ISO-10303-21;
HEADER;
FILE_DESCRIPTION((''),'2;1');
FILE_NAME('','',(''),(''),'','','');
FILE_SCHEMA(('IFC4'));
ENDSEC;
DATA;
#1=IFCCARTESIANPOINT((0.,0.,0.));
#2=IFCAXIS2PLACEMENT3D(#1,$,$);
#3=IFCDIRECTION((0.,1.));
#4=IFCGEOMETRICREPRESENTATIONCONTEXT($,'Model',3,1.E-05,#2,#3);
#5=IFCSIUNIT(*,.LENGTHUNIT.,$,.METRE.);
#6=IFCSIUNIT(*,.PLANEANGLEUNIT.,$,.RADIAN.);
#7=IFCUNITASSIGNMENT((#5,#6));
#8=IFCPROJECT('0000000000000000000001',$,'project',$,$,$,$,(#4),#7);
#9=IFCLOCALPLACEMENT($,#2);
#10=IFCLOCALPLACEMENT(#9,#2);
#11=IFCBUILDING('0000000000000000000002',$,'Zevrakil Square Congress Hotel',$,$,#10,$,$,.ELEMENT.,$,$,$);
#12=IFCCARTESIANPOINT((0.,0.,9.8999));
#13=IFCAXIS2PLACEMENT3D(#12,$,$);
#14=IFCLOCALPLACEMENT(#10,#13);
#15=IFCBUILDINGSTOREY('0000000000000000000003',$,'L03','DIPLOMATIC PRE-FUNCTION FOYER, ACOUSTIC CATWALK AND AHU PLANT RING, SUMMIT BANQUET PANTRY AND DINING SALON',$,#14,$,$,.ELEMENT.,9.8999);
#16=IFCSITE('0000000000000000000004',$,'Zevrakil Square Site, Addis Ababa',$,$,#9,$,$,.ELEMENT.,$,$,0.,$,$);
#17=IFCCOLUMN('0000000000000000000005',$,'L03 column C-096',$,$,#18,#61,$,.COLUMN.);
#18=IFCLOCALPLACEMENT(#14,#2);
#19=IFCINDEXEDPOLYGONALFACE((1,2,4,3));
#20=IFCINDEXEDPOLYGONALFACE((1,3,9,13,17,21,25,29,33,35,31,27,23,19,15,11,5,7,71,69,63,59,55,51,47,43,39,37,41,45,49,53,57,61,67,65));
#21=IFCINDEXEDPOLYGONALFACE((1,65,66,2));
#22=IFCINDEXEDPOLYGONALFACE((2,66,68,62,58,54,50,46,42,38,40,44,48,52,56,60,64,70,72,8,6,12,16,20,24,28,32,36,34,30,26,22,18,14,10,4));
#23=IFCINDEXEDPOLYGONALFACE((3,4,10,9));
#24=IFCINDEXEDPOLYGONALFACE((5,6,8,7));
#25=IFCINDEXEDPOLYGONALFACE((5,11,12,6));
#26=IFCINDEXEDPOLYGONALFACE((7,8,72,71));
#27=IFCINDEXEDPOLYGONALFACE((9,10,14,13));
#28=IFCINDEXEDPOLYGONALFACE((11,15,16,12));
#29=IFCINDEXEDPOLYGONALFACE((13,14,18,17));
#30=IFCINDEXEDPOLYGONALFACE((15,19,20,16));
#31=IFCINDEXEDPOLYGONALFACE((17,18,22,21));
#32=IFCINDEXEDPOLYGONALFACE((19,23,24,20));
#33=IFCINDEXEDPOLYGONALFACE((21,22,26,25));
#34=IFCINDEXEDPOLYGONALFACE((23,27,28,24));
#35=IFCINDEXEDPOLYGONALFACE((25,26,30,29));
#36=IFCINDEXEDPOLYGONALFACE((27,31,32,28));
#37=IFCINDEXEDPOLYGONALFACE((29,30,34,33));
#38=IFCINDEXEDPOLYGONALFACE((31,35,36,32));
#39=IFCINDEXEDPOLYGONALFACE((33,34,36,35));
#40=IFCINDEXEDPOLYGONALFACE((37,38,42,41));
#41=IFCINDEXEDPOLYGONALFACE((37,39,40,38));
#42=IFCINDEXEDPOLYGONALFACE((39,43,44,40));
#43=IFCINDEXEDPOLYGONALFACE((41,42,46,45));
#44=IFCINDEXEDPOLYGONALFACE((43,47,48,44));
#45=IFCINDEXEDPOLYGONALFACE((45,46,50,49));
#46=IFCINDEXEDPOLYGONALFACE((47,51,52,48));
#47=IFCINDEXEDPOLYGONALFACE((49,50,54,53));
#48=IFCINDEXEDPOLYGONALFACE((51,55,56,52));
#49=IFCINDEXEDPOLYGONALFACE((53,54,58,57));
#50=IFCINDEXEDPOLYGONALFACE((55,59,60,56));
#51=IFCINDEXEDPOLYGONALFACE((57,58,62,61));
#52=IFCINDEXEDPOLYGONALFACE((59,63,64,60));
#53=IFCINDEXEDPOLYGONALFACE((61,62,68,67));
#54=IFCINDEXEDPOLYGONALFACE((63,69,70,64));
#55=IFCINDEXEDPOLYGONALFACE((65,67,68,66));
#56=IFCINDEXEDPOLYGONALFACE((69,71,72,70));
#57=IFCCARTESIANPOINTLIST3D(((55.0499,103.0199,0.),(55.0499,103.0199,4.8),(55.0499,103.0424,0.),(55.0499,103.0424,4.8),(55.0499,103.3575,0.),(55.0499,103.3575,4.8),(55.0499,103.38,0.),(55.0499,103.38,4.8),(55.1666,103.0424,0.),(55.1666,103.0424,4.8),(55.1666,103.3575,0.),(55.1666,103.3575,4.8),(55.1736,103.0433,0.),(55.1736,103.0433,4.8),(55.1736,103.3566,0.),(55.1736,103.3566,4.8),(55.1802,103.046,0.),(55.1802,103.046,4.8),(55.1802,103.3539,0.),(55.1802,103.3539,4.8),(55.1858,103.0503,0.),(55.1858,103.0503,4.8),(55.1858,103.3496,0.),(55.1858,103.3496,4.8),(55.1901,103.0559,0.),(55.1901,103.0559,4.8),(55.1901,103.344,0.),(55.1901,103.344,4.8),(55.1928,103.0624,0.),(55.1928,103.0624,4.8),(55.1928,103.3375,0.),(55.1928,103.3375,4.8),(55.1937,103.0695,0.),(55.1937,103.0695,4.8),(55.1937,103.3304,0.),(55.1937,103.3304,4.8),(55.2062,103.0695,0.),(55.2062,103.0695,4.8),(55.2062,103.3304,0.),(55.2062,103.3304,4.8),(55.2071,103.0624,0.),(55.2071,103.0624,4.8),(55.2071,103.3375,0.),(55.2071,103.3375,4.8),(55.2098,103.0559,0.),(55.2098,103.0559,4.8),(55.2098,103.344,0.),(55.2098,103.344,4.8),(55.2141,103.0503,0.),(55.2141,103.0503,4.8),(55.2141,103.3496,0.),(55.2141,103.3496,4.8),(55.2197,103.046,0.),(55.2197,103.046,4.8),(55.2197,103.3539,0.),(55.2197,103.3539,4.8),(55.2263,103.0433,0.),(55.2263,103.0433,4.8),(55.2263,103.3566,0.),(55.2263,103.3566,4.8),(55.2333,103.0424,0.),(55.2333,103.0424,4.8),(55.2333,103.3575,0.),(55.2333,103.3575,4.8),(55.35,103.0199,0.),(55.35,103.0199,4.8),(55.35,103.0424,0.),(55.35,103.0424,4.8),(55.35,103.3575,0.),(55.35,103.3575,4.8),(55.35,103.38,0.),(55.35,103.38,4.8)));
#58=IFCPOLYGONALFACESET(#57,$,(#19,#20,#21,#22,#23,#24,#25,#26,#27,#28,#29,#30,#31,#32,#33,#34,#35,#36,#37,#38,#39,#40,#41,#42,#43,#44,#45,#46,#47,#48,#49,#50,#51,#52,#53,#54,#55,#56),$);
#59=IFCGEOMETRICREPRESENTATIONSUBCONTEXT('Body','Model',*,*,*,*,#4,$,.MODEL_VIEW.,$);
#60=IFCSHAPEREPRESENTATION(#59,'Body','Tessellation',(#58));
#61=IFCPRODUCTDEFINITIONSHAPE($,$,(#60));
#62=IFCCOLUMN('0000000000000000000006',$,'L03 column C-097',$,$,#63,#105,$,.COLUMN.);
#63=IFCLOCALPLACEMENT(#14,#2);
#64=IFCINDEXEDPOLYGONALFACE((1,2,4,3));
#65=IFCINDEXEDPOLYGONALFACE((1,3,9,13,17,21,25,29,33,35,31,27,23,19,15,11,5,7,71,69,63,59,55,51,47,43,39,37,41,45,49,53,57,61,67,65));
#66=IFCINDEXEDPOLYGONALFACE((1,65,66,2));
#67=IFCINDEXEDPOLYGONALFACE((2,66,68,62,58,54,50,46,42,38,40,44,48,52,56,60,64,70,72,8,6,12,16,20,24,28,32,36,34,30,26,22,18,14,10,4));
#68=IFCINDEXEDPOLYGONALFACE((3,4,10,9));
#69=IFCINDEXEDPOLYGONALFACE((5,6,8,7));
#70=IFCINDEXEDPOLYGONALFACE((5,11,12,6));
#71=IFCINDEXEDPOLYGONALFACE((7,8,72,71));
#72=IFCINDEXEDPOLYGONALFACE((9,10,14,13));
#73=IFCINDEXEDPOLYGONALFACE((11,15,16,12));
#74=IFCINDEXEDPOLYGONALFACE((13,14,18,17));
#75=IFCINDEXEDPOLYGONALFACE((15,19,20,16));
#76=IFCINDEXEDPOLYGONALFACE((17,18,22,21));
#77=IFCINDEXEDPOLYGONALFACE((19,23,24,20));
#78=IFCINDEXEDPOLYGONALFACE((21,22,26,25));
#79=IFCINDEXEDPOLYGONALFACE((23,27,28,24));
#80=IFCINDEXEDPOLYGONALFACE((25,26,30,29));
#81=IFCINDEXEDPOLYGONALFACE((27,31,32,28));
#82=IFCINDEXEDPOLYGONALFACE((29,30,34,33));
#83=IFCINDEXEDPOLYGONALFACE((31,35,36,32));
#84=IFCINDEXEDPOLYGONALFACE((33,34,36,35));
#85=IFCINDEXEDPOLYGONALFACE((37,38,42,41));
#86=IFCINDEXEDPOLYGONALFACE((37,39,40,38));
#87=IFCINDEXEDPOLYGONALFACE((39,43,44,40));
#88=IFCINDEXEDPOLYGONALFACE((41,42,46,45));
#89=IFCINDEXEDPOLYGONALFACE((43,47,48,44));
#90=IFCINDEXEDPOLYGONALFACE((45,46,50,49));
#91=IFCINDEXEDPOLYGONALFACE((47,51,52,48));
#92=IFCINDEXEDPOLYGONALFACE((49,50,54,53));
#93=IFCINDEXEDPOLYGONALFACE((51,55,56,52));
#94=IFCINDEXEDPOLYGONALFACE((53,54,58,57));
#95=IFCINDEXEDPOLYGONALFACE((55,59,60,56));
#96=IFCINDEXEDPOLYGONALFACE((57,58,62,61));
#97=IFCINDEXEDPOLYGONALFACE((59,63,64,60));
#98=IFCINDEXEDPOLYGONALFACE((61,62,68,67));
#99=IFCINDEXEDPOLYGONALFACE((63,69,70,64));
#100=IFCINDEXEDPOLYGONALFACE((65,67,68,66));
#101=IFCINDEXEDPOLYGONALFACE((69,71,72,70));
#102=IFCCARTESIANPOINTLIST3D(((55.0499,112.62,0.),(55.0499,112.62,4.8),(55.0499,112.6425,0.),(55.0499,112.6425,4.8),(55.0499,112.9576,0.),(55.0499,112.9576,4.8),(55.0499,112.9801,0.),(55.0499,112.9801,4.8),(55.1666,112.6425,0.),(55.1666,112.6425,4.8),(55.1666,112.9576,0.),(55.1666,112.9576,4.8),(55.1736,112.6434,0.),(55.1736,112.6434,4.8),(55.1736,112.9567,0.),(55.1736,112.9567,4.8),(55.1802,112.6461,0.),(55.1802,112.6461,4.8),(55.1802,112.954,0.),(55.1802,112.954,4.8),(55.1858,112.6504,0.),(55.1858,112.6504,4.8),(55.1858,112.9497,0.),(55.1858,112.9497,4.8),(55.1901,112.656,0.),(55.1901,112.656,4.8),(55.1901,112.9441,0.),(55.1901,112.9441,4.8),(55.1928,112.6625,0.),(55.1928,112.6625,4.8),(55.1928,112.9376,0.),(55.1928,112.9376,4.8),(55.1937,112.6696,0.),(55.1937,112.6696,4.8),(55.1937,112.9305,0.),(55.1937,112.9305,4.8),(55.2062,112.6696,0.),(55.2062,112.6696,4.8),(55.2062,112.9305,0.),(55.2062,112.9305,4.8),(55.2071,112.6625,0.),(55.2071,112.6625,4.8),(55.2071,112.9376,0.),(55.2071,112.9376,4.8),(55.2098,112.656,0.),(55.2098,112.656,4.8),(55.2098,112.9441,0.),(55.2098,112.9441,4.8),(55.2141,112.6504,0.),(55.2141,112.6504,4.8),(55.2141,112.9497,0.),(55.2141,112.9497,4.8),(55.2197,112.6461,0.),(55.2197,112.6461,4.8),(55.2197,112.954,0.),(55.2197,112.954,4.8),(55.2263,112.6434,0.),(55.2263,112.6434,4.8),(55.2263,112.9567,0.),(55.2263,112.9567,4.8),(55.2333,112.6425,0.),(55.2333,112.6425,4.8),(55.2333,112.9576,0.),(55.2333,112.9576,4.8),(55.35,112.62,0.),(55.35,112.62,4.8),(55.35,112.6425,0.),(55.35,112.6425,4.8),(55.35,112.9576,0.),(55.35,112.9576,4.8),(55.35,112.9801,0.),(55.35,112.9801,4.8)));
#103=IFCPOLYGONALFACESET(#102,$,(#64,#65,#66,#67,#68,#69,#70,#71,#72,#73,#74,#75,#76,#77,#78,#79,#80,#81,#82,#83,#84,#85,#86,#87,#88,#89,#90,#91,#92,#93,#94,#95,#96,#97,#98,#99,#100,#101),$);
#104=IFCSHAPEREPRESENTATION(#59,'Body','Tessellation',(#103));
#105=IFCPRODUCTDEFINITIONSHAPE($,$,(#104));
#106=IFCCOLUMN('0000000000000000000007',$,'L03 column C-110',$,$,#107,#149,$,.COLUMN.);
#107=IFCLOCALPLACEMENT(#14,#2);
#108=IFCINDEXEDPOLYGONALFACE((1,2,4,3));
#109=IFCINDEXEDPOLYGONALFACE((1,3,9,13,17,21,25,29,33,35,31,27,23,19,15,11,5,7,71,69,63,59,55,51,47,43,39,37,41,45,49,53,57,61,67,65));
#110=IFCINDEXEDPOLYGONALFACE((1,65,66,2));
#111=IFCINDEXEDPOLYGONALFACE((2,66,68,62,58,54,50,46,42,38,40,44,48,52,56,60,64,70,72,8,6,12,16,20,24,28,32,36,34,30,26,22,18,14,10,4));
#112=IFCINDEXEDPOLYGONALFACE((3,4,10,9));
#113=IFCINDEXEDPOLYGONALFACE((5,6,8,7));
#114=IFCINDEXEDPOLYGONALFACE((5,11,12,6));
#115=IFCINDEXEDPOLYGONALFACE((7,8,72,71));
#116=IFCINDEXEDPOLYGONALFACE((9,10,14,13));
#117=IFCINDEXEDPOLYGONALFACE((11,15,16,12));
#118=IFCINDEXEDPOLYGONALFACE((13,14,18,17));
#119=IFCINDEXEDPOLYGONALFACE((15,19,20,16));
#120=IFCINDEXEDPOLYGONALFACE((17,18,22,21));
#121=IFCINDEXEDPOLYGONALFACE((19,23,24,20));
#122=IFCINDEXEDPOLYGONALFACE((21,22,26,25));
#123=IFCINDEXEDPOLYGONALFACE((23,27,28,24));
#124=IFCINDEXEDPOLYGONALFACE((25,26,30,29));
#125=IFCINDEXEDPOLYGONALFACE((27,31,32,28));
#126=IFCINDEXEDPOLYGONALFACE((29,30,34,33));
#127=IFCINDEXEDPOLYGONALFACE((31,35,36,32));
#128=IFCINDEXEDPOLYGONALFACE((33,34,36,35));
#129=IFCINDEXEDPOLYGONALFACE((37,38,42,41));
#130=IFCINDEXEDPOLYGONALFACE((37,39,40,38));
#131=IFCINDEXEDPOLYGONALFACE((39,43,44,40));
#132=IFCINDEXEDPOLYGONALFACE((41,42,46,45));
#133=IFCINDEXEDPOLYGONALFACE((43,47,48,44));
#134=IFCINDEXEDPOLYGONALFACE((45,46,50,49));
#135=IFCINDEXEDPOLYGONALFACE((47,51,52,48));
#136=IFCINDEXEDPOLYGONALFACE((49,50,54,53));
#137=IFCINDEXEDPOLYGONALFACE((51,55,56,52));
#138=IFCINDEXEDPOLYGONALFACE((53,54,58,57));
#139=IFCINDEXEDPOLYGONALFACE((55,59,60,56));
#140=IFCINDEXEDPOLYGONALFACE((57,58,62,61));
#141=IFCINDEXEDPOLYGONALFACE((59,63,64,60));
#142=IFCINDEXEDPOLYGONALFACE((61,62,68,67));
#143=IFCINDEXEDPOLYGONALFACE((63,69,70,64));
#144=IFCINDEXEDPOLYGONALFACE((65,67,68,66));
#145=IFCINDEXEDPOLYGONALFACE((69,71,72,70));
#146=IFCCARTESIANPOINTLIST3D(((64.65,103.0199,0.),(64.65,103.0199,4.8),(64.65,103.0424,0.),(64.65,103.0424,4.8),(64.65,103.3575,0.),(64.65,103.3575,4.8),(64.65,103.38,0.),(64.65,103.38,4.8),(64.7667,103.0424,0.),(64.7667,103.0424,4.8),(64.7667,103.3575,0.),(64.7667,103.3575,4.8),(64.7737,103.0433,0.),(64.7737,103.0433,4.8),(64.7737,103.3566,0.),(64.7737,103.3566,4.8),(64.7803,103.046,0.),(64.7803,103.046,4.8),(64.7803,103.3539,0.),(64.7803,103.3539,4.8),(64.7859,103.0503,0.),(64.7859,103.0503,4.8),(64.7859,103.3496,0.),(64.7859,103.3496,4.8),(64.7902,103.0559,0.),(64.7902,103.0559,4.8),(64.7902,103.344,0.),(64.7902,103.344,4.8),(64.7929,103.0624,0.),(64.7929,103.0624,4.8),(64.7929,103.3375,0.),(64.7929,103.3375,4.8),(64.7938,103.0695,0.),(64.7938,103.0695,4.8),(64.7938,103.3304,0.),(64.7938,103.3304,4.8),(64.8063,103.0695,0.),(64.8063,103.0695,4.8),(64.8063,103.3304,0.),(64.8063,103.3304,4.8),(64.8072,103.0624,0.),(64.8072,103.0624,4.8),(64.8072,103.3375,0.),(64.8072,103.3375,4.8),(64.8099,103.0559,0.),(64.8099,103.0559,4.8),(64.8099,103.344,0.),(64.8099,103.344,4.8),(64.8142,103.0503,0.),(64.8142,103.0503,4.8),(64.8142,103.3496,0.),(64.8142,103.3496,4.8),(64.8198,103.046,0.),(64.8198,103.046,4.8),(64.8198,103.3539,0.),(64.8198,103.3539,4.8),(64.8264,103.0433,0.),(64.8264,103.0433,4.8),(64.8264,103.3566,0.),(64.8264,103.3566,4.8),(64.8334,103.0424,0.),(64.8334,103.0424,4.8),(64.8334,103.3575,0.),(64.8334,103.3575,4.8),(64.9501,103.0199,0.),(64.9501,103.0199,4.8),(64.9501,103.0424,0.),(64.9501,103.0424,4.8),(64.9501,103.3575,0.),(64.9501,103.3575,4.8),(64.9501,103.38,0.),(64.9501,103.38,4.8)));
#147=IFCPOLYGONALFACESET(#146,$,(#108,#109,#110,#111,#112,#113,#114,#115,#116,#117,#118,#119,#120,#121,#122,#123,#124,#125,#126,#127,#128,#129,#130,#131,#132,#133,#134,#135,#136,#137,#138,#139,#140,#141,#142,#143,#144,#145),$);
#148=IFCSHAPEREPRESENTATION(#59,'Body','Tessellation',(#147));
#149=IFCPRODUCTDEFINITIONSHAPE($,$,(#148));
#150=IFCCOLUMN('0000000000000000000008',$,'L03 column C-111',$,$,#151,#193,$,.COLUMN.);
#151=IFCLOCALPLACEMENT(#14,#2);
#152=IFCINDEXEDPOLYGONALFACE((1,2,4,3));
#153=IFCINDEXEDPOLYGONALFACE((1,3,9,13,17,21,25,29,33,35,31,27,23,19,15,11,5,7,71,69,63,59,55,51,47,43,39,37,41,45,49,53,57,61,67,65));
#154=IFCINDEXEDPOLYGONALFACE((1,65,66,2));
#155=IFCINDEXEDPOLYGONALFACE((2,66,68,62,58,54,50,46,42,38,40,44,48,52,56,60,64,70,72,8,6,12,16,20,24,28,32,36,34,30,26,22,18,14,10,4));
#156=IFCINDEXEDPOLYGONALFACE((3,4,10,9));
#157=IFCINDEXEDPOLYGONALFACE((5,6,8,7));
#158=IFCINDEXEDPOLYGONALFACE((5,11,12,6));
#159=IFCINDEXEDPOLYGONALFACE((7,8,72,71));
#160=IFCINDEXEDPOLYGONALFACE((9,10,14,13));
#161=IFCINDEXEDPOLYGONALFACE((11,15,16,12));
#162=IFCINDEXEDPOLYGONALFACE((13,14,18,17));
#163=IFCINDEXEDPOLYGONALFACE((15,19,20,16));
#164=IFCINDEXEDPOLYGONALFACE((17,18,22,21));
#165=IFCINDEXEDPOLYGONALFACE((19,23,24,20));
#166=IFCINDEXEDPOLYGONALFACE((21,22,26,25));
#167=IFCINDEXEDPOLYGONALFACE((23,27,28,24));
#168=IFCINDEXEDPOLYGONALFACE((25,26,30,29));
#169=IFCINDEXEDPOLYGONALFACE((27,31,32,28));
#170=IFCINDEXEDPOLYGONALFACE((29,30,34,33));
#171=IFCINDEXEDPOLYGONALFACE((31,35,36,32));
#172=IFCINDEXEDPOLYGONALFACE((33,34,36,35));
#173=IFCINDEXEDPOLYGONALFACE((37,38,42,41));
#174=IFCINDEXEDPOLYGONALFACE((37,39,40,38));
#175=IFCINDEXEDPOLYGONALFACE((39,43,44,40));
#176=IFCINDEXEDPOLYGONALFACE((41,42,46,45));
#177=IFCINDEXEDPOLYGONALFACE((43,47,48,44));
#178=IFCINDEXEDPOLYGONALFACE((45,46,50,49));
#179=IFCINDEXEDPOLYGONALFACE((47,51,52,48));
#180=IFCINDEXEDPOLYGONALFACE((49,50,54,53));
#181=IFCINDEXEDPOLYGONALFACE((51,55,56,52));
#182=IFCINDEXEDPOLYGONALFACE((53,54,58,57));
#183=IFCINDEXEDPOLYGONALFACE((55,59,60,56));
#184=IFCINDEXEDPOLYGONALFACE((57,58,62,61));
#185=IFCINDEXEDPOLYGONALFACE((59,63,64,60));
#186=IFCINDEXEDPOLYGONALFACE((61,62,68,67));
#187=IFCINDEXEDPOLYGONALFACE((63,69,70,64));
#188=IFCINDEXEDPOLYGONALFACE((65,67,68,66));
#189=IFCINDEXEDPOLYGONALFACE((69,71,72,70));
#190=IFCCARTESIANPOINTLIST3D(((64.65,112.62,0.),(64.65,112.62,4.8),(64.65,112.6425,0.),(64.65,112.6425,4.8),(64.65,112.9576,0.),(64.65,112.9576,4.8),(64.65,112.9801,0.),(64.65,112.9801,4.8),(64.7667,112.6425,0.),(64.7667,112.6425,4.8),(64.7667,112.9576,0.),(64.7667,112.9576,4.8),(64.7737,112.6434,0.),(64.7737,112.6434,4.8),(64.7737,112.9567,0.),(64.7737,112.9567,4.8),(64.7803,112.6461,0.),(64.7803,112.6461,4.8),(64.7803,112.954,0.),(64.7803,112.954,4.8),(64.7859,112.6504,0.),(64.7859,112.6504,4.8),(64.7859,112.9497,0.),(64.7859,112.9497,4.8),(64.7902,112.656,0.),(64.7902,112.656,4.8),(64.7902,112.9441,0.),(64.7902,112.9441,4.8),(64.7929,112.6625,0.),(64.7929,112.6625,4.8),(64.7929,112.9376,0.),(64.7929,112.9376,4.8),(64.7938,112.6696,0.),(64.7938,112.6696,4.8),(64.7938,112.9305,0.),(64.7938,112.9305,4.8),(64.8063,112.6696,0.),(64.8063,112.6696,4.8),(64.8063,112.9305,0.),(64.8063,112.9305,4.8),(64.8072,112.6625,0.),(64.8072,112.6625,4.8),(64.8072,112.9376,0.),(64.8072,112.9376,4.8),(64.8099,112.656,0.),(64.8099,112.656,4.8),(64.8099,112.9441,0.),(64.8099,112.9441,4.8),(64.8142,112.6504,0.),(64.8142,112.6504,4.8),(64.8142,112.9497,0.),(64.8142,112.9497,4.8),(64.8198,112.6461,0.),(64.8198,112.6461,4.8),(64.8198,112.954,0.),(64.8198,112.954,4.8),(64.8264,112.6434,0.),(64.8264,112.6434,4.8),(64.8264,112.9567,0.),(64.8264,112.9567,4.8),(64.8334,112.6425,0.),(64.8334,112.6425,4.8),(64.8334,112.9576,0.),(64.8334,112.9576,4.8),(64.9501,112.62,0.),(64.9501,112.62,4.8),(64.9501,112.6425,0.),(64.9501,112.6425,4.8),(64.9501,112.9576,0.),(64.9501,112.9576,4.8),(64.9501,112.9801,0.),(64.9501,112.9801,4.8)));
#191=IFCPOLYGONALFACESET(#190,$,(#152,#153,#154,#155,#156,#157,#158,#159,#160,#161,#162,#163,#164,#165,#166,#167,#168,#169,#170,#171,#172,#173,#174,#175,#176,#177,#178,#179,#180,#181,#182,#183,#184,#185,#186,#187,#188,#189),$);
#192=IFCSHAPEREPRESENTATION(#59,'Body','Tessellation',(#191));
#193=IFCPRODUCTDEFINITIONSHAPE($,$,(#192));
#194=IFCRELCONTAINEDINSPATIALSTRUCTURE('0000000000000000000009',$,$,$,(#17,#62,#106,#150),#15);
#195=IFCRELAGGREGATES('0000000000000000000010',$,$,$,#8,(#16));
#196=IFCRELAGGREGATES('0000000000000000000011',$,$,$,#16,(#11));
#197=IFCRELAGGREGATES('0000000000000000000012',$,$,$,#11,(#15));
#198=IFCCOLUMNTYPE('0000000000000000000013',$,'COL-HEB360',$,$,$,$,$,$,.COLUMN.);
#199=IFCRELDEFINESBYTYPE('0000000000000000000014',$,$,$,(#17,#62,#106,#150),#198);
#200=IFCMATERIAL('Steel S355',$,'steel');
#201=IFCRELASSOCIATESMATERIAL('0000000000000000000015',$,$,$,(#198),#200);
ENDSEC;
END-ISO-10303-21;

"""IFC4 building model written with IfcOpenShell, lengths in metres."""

from ifc_helpers import new_model, si_unit, direction, frame, origin, origin_2d, place, context, subcontext, project, spatial, i_section, extrude, material, material_profile, profile_set, type_object, element, save


model = new_model("IFC4")

# Units and contexts
model_context = context("Model", 3, precision=1e-05, world=origin(), true_north=direction((0.0, 1.0)))
body_context = subcontext(model_context, "Body", "Model", "MODEL_VIEW")
ifc_project = project(units=[si_unit("LENGTHUNIT", "METRE"), si_unit("PLANEANGLEUNIT", "RADIAN")], contexts=[model_context])

# Site, building, storey
site_placement = place(None, origin())
site = spatial("IfcSite", under=ifc_project, at=site_placement, Name="Zevrakil Square Site, Addis Ababa", CompositionType="ELEMENT", RefElevation=0.0)
building_placement = place(site_placement, origin())
building = spatial("IfcBuilding", under=site, at=building_placement, Name="Zevrakil Square Congress Hotel", CompositionType="ELEMENT")
storey_placement = place(building_placement, frame((0.0, 0.0, 9.8999)))
storey = spatial("IfcBuildingStorey", under=building, at=storey_placement, Name="L03", Description="DIPLOMATIC PRE-FUNCTION FOYER, ACOUSTIC CATWALK AND AHU PLANT RING, SUMMIT BANQUET PANTRY AND DINING SALON", CompositionType="ELEMENT", Elevation=9.8999)

# Columns
ifc_material_1 = material(Name="Steel S355", Category="steel")
ifc_material_profile_1 = material_profile(ifc_material_1, i_section(OverallWidth=0.3, OverallDepth=0.3601, WebThickness=0.0125, FlangeThickness=0.0225, FilletRadius=0.0271, at=origin_2d()), Name="HEB 360")
ifc_profile_set_1 = profile_set([ifc_material_profile_1], Name="Steel S355")
column_type = type_object("IfcColumnType", Name="COL-HEB360", PredefinedType="COLUMN", material=ifc_profile_set_1)
for number, where, z_axis, x_axis, name in (
    (1, (55.2, 103.2, 0.0), (0.0, 0.0, 1.0), (1.0, 0.0, 0.0), "L03 column C-096"),
    (2, (55.2, 112.8, 0.0), (0.0, 0.0, 1.0), (1.0, 0.0, 0.0), "L03 column C-097"),
    (3, (64.8, 103.2, 0.0), (0.0, 0.0, 1.0), (1.0, 0.0, 0.0), "L03 column C-110"),
    (4, (64.8, 112.8, 0.0), (0.0, 0.0, 1.0), (1.0, 0.0, 0.0), "L03 column C-111"),
):
    element("IfcColumn", number, at=place(storey_placement, frame(where, z_axis=z_axis, x_axis=x_axis)), inside=storey, type_object=column_type, Name=name, PredefinedType="COLUMN", context=body_context, shape_type="SweptSolid", body=[
        extrude(i_section(OverallWidth=0.3, OverallDepth=0.3601, WebThickness=0.0125, FlangeThickness=0.0225, FilletRadius=0.0271, at=origin_2d()), origin(), (0.0, 0.0, 1.0), 4.8),
    ])

save(model, "model.ifc")
